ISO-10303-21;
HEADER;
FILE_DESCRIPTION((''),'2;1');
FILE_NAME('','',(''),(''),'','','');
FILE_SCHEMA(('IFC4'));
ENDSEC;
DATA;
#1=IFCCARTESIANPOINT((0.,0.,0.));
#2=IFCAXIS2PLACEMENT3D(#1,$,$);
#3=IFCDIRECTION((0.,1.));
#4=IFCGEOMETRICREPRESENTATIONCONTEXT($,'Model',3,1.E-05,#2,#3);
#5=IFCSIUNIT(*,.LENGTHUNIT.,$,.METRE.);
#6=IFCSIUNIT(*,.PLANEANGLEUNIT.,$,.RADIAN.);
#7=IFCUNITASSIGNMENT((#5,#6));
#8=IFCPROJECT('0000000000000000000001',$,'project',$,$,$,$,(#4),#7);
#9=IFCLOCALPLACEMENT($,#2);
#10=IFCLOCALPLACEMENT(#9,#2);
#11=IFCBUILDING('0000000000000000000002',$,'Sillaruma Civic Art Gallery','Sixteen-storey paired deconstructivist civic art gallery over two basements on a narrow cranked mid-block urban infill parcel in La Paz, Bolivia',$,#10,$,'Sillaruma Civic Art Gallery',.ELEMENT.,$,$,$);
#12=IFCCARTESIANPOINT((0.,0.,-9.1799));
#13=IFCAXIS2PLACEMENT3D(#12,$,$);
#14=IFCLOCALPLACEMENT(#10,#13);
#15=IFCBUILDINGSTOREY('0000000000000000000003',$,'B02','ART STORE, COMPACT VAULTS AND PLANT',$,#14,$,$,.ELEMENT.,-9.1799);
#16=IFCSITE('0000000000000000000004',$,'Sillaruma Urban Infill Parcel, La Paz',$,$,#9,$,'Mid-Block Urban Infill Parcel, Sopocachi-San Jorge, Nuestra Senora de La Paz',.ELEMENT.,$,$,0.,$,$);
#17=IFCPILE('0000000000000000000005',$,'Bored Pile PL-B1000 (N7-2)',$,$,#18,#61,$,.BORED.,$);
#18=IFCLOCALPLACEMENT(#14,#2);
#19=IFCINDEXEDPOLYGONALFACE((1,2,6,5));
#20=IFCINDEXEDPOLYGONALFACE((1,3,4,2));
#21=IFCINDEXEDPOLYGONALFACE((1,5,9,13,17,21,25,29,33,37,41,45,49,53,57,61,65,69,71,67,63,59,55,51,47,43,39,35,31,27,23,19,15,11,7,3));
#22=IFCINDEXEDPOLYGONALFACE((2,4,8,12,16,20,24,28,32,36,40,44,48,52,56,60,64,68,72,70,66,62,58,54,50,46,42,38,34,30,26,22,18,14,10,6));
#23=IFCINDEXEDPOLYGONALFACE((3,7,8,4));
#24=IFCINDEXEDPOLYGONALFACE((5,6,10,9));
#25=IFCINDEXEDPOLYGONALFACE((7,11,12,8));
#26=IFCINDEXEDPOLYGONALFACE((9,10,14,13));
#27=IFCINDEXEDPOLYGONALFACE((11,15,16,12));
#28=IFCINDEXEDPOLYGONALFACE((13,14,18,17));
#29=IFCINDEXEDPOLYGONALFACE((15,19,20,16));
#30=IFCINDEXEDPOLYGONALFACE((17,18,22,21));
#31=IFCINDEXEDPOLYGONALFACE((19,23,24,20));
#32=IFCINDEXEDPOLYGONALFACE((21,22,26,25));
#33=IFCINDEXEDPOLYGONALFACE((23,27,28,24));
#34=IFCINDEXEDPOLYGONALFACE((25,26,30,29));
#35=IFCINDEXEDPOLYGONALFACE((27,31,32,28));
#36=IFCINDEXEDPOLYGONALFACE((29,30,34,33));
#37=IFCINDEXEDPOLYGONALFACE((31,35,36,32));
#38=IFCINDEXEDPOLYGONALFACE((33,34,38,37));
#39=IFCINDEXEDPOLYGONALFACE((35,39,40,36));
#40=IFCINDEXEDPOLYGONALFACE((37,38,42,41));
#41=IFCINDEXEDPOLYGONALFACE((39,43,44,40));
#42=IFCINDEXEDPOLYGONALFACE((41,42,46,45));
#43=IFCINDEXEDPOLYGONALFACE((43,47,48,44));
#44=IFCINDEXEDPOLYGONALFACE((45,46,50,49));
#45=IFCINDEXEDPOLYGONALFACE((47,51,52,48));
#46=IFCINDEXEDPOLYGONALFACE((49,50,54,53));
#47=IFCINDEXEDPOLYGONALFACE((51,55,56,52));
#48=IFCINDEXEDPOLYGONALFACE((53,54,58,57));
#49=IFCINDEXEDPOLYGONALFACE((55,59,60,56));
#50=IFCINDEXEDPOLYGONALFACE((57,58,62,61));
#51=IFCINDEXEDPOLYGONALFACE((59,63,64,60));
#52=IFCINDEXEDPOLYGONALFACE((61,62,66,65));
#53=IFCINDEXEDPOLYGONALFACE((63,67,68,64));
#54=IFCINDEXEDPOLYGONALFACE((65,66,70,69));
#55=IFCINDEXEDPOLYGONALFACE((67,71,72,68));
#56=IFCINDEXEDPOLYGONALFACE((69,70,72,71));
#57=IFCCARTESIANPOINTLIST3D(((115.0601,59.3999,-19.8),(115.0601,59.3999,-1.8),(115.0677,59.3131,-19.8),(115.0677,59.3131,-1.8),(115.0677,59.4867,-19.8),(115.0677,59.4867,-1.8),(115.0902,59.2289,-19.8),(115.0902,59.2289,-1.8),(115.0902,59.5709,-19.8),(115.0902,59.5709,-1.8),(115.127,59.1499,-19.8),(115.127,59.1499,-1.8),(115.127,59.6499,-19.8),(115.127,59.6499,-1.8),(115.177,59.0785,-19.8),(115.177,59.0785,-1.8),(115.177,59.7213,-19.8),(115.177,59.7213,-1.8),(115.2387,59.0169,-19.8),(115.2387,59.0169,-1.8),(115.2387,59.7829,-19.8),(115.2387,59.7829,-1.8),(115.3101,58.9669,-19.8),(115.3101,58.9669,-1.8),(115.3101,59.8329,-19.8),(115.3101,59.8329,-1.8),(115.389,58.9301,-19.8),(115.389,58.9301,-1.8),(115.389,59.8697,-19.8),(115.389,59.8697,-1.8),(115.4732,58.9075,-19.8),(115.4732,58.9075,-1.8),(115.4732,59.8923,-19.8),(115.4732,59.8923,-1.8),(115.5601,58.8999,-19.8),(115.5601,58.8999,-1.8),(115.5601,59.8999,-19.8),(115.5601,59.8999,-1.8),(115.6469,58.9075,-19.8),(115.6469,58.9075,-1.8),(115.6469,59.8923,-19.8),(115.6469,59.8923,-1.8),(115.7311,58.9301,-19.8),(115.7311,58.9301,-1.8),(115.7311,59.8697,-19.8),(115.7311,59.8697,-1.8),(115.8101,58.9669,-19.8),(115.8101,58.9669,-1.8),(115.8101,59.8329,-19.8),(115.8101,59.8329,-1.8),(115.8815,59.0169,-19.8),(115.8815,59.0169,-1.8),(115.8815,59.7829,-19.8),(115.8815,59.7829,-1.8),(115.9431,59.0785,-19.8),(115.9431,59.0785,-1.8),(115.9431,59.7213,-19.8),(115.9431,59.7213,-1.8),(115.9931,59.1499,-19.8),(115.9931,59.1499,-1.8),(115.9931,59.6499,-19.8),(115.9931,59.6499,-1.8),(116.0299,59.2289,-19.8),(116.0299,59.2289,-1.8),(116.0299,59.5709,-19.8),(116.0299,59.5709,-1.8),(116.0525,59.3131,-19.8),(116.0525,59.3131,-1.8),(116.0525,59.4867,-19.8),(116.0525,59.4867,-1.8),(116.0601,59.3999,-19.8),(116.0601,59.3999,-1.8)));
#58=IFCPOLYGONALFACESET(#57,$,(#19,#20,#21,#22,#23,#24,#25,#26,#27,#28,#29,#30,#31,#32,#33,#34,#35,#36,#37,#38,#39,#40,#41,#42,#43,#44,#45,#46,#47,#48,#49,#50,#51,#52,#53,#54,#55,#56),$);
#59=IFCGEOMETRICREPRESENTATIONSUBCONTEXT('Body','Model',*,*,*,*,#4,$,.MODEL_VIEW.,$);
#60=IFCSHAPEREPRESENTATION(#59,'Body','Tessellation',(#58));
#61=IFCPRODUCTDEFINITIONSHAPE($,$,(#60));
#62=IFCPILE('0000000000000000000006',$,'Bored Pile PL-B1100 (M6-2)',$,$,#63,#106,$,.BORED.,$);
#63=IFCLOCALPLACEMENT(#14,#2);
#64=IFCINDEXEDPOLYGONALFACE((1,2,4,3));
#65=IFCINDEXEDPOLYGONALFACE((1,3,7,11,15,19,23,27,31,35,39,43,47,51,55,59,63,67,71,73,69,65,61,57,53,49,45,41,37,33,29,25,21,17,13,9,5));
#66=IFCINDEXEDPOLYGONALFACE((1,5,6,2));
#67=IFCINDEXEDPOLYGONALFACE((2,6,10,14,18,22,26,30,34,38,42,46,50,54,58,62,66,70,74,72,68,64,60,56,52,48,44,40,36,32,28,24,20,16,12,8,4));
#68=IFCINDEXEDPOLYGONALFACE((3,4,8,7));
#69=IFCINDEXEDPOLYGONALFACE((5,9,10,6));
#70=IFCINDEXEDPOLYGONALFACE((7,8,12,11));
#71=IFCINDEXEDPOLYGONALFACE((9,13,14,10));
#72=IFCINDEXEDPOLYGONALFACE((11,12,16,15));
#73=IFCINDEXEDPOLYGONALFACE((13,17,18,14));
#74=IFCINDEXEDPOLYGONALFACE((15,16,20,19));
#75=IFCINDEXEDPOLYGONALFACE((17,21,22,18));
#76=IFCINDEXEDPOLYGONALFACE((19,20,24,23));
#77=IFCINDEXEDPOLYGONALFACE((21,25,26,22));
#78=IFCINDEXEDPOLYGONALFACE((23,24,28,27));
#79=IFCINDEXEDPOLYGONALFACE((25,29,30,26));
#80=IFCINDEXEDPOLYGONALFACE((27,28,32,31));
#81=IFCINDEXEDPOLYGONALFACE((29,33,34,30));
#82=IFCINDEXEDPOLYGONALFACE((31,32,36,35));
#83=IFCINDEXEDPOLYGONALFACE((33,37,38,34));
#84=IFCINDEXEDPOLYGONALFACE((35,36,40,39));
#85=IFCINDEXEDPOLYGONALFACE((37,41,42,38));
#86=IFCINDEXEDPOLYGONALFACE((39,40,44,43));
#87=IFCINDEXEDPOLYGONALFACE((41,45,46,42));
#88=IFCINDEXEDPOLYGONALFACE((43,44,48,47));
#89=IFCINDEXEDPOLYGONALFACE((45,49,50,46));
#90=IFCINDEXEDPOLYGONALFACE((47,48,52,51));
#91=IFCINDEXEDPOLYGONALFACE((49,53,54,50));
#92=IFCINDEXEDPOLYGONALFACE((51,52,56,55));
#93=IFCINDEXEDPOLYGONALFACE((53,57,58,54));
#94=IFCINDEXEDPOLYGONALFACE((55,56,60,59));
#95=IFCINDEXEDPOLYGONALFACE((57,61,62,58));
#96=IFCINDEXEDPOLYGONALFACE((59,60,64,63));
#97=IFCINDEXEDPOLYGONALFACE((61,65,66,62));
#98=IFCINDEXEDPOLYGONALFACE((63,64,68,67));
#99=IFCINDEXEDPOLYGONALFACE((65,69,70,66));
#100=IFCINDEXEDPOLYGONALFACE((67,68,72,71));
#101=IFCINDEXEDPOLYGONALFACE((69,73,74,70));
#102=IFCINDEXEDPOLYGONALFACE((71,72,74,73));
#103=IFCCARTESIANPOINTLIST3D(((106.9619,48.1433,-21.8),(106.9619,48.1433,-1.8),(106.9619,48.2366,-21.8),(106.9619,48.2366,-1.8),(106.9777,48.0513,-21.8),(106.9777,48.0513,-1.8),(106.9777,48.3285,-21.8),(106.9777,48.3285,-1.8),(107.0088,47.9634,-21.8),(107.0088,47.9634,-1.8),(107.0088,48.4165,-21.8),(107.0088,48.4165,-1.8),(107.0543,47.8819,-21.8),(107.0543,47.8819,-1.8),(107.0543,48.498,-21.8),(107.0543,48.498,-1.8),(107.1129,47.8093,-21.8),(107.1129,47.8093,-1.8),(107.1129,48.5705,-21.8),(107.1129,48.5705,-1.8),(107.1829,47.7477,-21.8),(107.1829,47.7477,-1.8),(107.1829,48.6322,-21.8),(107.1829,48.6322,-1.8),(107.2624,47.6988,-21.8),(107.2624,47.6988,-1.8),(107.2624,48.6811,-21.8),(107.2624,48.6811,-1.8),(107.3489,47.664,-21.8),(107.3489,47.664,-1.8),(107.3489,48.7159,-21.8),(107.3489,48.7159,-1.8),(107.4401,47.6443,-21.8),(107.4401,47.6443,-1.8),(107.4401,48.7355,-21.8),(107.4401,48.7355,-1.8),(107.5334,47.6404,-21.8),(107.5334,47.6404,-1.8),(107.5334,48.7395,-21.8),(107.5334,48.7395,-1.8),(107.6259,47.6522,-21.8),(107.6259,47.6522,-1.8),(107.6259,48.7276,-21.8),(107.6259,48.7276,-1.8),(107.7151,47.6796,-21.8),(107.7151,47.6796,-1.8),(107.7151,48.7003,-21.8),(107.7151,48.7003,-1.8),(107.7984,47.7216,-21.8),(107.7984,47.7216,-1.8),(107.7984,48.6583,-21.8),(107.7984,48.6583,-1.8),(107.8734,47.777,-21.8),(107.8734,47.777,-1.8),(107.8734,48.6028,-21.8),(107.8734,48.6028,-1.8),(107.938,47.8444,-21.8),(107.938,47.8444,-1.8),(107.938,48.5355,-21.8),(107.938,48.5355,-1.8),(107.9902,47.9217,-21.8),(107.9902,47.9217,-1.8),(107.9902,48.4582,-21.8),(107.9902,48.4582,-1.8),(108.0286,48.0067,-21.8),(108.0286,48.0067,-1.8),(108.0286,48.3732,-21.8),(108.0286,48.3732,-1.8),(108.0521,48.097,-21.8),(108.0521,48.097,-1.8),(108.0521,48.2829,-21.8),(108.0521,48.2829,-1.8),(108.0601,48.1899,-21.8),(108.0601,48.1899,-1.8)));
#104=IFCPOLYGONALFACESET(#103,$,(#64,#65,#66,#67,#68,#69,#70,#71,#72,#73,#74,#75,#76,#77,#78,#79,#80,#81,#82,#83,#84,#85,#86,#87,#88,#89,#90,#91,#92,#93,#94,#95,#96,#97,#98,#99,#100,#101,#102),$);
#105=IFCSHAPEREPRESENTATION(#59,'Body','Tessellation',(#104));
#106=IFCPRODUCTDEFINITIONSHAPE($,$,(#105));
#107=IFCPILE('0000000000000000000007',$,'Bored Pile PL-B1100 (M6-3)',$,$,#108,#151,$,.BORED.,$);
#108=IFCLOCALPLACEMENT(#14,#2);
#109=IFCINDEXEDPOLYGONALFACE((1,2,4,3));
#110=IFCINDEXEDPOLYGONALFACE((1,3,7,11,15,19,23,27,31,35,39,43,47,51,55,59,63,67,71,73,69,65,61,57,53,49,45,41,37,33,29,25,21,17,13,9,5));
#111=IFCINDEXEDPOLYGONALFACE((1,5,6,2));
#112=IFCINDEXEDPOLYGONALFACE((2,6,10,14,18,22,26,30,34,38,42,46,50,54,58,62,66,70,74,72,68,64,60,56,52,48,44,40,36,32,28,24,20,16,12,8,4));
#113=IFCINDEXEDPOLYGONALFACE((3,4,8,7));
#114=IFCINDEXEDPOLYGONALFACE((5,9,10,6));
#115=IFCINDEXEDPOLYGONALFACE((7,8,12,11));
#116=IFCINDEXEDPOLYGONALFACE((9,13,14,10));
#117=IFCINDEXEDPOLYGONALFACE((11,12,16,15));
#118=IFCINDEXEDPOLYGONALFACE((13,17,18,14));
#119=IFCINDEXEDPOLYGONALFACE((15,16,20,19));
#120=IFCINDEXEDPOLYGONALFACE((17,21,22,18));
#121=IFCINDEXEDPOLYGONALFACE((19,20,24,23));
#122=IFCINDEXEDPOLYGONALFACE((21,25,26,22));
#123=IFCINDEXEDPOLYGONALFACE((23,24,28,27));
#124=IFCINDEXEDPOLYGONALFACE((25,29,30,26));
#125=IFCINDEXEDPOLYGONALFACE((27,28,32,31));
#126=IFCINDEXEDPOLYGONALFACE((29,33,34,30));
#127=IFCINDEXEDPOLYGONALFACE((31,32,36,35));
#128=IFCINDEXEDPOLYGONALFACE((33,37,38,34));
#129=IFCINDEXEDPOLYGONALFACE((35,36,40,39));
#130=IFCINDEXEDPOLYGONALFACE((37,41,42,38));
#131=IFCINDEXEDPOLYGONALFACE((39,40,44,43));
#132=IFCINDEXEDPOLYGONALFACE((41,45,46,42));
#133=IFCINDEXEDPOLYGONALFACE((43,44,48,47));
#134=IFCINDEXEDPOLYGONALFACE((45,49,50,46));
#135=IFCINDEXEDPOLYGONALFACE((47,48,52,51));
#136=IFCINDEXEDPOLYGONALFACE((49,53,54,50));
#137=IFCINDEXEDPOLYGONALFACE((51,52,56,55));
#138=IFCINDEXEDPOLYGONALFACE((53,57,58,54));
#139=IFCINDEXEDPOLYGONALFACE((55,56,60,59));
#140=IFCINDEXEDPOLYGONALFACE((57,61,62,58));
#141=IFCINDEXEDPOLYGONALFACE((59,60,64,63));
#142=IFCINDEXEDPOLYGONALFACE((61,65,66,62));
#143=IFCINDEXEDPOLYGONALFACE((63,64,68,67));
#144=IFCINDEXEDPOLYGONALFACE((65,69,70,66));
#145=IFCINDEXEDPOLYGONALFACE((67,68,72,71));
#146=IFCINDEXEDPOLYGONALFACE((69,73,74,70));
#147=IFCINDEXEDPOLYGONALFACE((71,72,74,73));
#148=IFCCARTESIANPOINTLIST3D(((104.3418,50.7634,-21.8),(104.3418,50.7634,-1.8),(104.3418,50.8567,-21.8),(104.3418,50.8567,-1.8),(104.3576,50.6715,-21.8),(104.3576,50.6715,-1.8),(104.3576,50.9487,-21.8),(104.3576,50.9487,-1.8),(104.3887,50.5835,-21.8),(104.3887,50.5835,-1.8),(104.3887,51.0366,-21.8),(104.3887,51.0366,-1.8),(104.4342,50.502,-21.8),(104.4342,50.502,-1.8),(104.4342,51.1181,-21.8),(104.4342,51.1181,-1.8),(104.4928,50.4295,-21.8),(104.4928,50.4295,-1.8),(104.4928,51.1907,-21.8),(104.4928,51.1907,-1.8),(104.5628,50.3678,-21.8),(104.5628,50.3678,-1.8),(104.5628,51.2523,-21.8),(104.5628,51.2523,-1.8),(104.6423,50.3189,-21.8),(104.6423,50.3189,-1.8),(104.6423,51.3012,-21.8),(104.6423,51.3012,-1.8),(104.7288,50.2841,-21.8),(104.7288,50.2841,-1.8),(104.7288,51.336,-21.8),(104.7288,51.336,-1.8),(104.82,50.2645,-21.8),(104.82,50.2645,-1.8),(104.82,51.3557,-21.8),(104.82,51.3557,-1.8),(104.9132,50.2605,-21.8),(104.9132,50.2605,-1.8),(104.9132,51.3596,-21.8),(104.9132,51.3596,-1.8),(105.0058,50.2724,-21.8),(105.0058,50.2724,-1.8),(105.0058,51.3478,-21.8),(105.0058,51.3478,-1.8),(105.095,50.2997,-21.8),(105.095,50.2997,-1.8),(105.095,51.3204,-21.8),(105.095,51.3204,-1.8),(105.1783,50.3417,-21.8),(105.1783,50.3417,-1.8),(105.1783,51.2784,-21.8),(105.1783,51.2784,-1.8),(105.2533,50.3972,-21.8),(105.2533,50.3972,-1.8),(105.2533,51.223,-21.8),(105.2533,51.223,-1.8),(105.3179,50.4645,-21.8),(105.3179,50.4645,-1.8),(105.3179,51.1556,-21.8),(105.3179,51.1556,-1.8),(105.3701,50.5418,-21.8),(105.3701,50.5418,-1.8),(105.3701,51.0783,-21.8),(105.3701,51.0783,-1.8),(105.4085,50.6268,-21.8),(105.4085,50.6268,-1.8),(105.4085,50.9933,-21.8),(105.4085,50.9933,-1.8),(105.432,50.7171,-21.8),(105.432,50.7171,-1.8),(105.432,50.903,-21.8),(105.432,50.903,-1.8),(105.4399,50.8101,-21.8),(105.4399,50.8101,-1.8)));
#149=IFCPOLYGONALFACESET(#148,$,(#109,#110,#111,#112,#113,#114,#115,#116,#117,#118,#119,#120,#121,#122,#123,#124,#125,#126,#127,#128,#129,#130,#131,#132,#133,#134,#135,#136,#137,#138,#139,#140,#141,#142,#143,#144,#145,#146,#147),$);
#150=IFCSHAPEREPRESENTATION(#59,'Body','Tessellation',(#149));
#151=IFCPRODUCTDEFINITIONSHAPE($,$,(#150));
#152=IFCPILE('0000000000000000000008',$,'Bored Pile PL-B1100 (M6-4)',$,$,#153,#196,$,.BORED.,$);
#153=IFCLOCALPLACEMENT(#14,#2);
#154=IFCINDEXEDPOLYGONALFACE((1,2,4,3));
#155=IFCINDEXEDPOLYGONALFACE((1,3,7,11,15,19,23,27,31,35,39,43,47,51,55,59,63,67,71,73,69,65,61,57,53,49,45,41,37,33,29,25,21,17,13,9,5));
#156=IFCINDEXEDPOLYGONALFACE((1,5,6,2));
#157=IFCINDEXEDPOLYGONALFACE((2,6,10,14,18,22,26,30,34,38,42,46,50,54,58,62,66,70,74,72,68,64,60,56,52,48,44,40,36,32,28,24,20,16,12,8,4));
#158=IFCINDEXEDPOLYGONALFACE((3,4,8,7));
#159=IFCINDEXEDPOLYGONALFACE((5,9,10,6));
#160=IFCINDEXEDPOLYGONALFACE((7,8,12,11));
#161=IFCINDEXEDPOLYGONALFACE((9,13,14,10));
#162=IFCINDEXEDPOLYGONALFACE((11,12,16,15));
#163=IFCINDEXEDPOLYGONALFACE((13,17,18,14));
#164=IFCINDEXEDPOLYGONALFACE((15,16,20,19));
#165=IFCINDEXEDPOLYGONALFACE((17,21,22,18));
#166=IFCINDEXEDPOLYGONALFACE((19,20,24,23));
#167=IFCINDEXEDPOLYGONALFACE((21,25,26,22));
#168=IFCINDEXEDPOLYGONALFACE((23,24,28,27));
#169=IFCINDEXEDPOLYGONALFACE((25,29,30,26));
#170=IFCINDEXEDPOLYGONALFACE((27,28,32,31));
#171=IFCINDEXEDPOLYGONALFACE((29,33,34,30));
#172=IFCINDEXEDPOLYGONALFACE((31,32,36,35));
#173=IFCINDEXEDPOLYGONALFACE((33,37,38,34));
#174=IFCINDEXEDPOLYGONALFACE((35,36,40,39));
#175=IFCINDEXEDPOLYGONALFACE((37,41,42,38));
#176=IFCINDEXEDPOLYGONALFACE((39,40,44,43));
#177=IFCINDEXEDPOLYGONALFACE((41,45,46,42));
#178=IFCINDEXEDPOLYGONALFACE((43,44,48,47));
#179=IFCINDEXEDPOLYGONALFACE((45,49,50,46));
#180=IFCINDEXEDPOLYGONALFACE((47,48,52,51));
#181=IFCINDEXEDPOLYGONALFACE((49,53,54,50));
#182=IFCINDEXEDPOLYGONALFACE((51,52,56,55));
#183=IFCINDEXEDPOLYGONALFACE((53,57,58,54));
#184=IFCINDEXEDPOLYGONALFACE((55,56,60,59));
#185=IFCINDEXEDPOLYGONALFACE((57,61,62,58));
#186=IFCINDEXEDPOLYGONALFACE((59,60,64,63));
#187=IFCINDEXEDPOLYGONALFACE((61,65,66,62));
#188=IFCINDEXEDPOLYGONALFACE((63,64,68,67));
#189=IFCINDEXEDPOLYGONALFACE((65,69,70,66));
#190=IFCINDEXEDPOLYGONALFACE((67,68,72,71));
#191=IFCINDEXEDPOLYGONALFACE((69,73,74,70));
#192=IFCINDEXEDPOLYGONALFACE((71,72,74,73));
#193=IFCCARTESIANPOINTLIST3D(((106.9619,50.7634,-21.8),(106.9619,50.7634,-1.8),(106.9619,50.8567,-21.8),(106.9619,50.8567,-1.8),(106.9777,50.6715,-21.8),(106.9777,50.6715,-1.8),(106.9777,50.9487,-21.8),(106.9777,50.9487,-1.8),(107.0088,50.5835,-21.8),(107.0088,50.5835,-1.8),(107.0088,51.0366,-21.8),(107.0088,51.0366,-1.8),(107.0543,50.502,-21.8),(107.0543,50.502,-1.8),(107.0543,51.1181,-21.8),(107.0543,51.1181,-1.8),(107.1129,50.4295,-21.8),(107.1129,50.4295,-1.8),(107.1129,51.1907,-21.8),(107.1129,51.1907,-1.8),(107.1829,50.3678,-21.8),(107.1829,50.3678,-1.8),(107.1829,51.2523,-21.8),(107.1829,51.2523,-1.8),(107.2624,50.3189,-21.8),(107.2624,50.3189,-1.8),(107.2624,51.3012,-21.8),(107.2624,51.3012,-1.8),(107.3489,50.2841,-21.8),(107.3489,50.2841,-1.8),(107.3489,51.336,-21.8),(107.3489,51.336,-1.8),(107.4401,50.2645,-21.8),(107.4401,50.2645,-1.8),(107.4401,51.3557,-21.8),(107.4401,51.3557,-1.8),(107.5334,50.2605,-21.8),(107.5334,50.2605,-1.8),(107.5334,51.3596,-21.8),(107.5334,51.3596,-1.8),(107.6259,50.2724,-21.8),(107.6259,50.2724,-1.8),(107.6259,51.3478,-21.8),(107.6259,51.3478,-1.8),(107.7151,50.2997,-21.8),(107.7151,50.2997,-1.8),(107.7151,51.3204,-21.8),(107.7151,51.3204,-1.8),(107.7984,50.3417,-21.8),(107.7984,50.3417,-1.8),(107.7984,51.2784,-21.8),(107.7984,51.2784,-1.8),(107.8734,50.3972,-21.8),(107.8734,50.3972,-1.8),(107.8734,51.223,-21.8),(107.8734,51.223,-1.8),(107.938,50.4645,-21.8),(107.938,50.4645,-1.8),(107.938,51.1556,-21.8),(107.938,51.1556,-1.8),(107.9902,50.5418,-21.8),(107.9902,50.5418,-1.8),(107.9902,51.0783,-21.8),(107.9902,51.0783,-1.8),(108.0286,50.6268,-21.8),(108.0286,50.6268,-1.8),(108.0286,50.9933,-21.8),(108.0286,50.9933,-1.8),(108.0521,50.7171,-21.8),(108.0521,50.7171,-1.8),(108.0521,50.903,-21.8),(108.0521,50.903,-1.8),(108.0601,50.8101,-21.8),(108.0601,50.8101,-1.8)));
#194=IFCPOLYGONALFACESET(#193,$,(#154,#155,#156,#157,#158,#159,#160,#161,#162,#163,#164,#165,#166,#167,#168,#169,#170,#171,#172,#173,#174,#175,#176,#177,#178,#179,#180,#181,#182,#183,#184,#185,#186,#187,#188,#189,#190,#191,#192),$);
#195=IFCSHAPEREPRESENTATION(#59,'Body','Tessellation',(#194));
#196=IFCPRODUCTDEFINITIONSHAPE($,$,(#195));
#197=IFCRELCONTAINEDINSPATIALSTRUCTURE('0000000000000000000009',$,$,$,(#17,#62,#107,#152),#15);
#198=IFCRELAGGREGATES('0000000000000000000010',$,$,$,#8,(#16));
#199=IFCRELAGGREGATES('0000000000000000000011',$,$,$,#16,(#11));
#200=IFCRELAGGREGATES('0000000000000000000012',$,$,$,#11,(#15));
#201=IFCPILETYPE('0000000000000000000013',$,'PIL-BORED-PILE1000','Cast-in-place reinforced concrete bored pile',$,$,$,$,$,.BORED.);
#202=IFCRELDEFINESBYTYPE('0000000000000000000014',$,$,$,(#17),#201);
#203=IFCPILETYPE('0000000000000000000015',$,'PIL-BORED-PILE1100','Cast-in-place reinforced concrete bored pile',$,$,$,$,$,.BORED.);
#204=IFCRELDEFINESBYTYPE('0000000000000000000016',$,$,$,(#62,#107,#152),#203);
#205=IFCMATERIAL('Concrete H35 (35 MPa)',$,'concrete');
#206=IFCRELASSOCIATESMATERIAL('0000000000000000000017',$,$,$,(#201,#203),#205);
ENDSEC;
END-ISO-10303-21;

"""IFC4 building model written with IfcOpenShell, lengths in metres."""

from ifc_helpers import new_model, si_unit, direction, frame, origin, origin_2d, place, context, subcontext, project, spatial, circle, extrude, material, material_profile, profile_set, type_object, element, save


model = new_model("IFC4")

# Units and contexts
model_context = context("Model", 3, precision=1e-05, world=origin(), true_north=direction((0.0, 1.0)))
body_context = subcontext(model_context, "Body", "Model", "MODEL_VIEW")
ifc_project = project(units=[si_unit("LENGTHUNIT", "METRE"), si_unit("PLANEANGLEUNIT", "RADIAN")], contexts=[model_context])

# Site, building, storey
site_placement = place(None, origin())
site = spatial("IfcSite", under=ifc_project, at=site_placement, Name="Sillaruma Urban Infill Parcel, La Paz", LongName="Mid-Block Urban Infill Parcel, Sopocachi-San Jorge, Nuestra Senora de La Paz", CompositionType="ELEMENT", RefElevation=0.0)
building_placement = place(site_placement, origin())
building = spatial("IfcBuilding", under=site, at=building_placement, Name="Sillaruma Civic Art Gallery", Description="Sixteen-storey paired deconstructivist civic art gallery over two basements on a narrow cranked mid-block urban infill parcel in La Paz, Bolivia", LongName="Sillaruma Civic Art Gallery", CompositionType="ELEMENT")
storey_placement = place(building_placement, frame((0.0, 0.0, -9.1799)))
storey = spatial("IfcBuildingStorey", under=building, at=storey_placement, Name="B02", Description="ART STORE, COMPACT VAULTS AND PLANT", CompositionType="ELEMENT", Elevation=-9.1799)

# Shared definitions
ifc_material_1 = material(Name="Concrete H35 (35 MPa)", Category="concrete")

# Piles
ifc_material_profile_1 = material_profile(ifc_material_1, circle(Radius=0.5, at=origin_2d()), Name="PILE1000")
ifc_profile_set_1 = profile_set([ifc_material_profile_1], Name="Concrete H35 (35 MPa)")
pile_type_1 = type_object("IfcPileType", Name="PIL-BORED-PILE1000", Description="Cast-in-place reinforced concrete bored pile", PredefinedType="BORED", material=ifc_profile_set_1)
for number, where, z_axis, x_axis, name in (
    (1, (115.5601, 59.3999, -1.8), (0.0, 0.0, -1.0), (1.0, 0.0, 0.0), "Bored Pile PL-B1000 (N7-2)"),
):
    element("IfcPile", number, at=place(storey_placement, frame(where, z_axis=z_axis, x_axis=x_axis)), inside=storey, type_object=pile_type_1, Name=name, PredefinedType="BORED", context=body_context, shape_type="SweptSolid", body=[
        extrude(circle(Radius=0.5, at=origin_2d()), origin(), (0.0, 0.0, 1.0), 18.0),
    ])
ifc_material_profile_2 = material_profile(ifc_material_1, circle(Radius=0.55, at=origin_2d()), Name="PILE1100")
ifc_profile_set_2 = profile_set([ifc_material_profile_2], Name="Concrete H35 (35 MPa)")
pile_type_2 = type_object("IfcPileType", Name="PIL-BORED-PILE1100", Description="Cast-in-place reinforced concrete bored pile", PredefinedType="BORED", material=ifc_profile_set_2)
for number, where, z_axis, x_axis, name in (
    (2, (107.51, 48.1899, -1.8), (0.0, 0.0, -1.0), (1.0, 0.0, 0.0), "Bored Pile PL-B1100 (M6-2)"),
    (3, (104.8899, 50.8101, -1.8), (0.0, 0.0, -1.0), (1.0, 0.0, 0.0), "Bored Pile PL-B1100 (M6-3)"),
    (4, (107.51, 50.8101, -1.8), (0.0, 0.0, -1.0), (1.0, 0.0, 0.0), "Bored Pile PL-B1100 (M6-4)"),
):
    element("IfcPile", number, at=place(storey_placement, frame(where, z_axis=z_axis, x_axis=x_axis)), inside=storey, type_object=pile_type_2, Name=name, PredefinedType="BORED", context=body_context, shape_type="SweptSolid", body=[
        extrude(circle(Radius=0.55, at=origin_2d()), origin(), (0.0, 0.0, 1.0), 20.0),
    ])

save(model, "model.ifc")
